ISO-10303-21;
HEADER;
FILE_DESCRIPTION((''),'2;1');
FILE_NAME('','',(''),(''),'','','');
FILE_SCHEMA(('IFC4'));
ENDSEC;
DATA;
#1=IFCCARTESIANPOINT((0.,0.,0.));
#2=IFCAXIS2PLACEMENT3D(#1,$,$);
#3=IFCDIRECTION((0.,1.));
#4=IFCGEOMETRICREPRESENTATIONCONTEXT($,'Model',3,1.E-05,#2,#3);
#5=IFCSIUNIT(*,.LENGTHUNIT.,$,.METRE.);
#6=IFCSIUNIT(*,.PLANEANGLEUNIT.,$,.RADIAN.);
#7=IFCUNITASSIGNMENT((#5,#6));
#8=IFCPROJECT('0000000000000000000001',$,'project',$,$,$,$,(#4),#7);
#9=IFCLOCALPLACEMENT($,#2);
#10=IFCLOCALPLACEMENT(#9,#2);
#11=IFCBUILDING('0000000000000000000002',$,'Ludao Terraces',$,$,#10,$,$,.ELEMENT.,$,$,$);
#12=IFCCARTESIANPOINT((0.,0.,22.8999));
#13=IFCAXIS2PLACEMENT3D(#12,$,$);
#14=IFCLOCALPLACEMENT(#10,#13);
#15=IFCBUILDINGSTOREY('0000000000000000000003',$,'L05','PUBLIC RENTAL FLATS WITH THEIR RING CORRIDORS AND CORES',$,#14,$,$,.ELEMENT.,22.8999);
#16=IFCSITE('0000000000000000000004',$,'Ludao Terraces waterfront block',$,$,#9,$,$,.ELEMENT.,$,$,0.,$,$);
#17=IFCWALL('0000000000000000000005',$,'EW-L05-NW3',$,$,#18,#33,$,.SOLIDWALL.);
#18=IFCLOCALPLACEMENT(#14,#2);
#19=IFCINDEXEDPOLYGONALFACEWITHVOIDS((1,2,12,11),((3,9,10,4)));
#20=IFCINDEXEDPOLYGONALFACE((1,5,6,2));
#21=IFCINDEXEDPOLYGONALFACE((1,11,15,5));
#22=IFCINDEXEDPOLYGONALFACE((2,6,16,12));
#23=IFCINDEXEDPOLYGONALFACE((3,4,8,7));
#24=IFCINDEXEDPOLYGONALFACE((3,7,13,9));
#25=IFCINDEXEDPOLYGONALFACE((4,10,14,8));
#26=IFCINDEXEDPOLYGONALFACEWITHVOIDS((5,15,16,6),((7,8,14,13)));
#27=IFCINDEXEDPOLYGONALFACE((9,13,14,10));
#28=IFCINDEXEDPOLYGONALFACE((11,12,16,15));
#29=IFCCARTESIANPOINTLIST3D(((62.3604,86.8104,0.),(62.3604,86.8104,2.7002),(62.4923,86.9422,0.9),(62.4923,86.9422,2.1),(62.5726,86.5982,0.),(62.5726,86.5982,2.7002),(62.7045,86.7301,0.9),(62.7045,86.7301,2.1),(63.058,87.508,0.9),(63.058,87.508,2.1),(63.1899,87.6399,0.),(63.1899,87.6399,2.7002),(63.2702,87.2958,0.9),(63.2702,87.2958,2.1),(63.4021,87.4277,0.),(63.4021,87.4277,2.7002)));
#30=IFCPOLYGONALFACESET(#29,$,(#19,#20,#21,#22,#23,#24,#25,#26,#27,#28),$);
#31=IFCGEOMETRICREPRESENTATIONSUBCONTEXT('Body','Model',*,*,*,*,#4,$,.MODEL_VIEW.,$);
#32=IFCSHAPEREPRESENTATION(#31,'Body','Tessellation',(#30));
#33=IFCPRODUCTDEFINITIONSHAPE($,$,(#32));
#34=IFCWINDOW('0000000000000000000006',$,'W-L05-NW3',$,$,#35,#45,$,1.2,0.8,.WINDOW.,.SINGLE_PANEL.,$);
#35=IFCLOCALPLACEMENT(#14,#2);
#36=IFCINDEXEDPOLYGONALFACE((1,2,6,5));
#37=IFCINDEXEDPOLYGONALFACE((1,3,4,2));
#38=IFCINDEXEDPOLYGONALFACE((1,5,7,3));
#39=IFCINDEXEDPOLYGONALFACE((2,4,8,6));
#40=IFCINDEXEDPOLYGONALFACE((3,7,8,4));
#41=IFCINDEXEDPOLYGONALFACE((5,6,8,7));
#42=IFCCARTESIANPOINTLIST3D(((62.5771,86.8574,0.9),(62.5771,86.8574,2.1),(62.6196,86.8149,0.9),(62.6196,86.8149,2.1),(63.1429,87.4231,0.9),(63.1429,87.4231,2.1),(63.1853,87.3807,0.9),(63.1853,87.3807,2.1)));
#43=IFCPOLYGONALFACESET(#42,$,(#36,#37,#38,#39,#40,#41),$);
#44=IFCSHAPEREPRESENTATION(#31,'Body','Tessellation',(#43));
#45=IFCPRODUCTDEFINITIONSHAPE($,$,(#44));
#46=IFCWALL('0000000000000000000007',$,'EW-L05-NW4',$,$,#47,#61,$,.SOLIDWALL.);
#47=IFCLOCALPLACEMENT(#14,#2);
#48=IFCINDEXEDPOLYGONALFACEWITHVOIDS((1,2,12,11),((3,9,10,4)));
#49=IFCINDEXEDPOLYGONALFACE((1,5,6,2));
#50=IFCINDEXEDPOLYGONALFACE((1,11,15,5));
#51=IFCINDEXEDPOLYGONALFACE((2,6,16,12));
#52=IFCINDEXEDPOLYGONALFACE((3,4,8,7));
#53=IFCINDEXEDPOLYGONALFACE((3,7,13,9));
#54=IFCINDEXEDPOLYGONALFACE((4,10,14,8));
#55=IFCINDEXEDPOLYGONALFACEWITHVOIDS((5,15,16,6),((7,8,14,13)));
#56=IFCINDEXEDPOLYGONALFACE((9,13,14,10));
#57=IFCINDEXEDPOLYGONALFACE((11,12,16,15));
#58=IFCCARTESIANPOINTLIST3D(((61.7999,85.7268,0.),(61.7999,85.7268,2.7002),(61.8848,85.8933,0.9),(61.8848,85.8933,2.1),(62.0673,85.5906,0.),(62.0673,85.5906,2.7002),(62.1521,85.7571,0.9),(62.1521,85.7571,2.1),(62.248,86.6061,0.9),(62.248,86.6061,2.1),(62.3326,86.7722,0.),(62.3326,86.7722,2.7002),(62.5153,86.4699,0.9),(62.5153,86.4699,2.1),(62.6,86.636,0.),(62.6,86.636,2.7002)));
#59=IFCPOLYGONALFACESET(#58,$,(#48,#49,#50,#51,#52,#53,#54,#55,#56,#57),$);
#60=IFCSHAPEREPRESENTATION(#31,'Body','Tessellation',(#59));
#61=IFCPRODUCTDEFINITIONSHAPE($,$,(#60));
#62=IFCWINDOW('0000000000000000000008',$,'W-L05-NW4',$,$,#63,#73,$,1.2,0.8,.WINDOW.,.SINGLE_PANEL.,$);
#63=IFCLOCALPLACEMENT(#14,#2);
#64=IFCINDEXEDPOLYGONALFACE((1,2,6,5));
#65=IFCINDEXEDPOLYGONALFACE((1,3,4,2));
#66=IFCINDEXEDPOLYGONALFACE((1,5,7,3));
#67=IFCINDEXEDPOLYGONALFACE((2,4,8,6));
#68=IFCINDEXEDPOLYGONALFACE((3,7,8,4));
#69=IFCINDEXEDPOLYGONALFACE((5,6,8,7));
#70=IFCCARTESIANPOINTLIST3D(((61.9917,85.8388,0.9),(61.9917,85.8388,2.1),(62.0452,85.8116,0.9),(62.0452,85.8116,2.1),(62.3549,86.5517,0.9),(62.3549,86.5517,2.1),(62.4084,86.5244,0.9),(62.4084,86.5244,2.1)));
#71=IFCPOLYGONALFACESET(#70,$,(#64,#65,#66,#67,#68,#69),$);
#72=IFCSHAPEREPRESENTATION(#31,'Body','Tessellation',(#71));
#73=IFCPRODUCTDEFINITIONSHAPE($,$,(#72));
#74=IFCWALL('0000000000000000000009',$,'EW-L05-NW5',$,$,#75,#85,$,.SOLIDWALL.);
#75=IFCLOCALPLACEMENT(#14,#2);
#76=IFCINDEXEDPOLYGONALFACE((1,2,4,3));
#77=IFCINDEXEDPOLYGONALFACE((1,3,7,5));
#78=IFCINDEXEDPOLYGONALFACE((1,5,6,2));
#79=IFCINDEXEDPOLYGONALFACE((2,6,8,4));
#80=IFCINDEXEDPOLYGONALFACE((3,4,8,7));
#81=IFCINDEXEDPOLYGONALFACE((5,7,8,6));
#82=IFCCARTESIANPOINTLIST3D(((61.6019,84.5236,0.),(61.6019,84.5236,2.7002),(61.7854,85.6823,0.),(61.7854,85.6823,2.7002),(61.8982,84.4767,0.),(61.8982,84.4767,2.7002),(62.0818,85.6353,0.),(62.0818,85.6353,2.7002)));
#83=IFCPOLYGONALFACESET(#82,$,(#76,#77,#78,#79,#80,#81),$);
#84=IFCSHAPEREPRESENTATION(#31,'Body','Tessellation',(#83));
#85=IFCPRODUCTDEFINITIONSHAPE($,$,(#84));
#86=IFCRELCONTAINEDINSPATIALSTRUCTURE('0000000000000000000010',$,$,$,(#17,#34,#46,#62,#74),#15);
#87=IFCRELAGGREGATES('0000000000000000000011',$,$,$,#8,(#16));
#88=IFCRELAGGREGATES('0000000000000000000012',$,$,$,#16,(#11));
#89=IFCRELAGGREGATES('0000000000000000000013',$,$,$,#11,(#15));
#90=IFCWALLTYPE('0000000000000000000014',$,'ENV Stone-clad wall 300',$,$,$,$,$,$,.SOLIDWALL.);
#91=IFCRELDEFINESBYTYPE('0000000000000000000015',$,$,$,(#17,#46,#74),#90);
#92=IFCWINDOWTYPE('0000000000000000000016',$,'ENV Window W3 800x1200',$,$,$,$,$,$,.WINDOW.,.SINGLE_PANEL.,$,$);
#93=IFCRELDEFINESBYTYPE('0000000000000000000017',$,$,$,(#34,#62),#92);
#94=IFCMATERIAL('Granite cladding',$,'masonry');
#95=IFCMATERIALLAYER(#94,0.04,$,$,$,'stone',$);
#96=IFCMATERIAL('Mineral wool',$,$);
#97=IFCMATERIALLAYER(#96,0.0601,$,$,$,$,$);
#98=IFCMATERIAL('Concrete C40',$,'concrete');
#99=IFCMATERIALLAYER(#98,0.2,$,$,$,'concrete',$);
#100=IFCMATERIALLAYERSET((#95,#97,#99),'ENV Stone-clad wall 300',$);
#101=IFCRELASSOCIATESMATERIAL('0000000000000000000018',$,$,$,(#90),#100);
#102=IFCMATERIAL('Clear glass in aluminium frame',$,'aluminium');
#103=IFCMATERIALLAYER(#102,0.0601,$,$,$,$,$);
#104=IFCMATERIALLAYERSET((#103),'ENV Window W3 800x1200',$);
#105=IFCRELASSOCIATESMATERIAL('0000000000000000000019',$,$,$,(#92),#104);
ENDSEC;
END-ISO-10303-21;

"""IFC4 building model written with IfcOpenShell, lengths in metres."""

from ifc_helpers import new_model, si_unit, direction, frame, frame_2d, origin, place, context, subcontext, project, spatial, rectangle, extrude, material, layer, layer_set, type_object, element, fill, save


model = new_model("IFC4")

# Units and contexts
model_context = context("Model", 3, precision=1e-05, world=origin(), true_north=direction((0.0, 1.0)))
body_context = subcontext(model_context, "Body", "Model", "MODEL_VIEW")
ifc_project = project(units=[si_unit("LENGTHUNIT", "METRE"), si_unit("PLANEANGLEUNIT", "RADIAN")], contexts=[model_context])

# Site, building, storey
site_placement = place(None, origin())
site = spatial("IfcSite", under=ifc_project, at=site_placement, Name="Ludao Terraces waterfront block", CompositionType="ELEMENT", RefElevation=0.0)
building_placement = place(site_placement, origin())
building = spatial("IfcBuilding", under=site, at=building_placement, Name="Ludao Terraces", CompositionType="ELEMENT")
storey_placement = place(building_placement, frame((0.0, 0.0, 22.8999)))
storey = spatial("IfcBuildingStorey", under=building, at=storey_placement, Name="L05", Description="PUBLIC RENTAL FLATS WITH THEIR RING CORRIDORS AND CORES", CompositionType="ELEMENT", Elevation=22.8999)

# Shared definitions
ifc_material_1 = material(Name="Concrete C40", Category="concrete")

# Shared definitions
ifc_material_2 = material(Name="Granite cladding", Category="masonry")
ifc_layer_1 = layer(ifc_material_2, 0.04, Category="stone")
ifc_material_3 = material(Name="Mineral wool")
ifc_layer_2 = layer(ifc_material_3, 0.0601)
ifc_layer_3 = layer(ifc_material_1, 0.2, Category="concrete")
ifc_layer_set_1 = layer_set([ifc_layer_1, ifc_layer_2, ifc_layer_3], Name="ENV Stone-clad wall 300")
wall_type_1 = type_object("IfcWallType", Name="ENV Stone-clad wall 300", PredefinedType="SOLIDWALL", material=ifc_layer_set_1)
ifc_material_4 = material(Name="Clear glass in aluminium frame", Category="aluminium")

# Walls, openings, windows
ifc_layer_4 = layer(ifc_material_4, 0.0601)
ifc_layer_set_2 = layer_set([ifc_layer_4], Name="ENV Window W3 800x1200")
window_type_1 = type_object("IfcWindowType", Name="ENV Window W3 800x1200", PartitioningType="SINGLE_PANEL", PredefinedType="WINDOW", material=ifc_layer_set_2)
wall_1_placement = place(storey_placement, frame((63.2959, 87.5337, 0.0), z_axis=(0.0, 0.0, 1.0), x_axis=(-0.707107, -0.707107, 0.0)))
wall_1 = element("IfcWall", 1, at=wall_1_placement, inside=storey, type_object=wall_type_1, Name="EW-L05-NW3", PredefinedType="SOLIDWALL", context=body_context, shape_type="SweptSolid", body=[
    extrude(rectangle(XDim=1.1731, YDim=0.3, at=frame_2d((0.5864, 0.0))), origin(), (0.0, 0.0, 1.0), 2.7002),
])
opening_1_placement = place(wall_1_placement, frame((0.1865, 0.0, 0.8999)))
opening_1 = element("IfcOpeningElement", 2, at=opening_1_placement, cuts=wall_1, PredefinedType="OPENING", context=body_context, shape_type="SweptSolid", body=[
    extrude(rectangle(XDim=0.8, YDim=1.2, at=frame_2d((0.3999, 0.6001))), frame((0.0, 0.1602, 0.0), z_axis=(0.0, -1.0, 0.0), x_axis=(1.0, 0.0, 0.0)), (0.0, 0.0, 1.0), 0.3201),
])
window_1_placement = place(opening_1_placement, origin())
window_1 = element("IfcWindow", 3, at=window_1_placement, inside=storey, type_object=window_type_1, Name="W-L05-NW3", OverallHeight=1.2, OverallWidth=0.8, PartitioningType="SINGLE_PANEL", PredefinedType="WINDOW", context=body_context, shape_type="SweptSolid", body=[
    extrude(rectangle(XDim=0.8, YDim=1.2, at=frame_2d((0.3999, 0.6001))), frame((0.0, 0.03, 0.0), z_axis=(0.0, -1.0, 0.0), x_axis=(1.0, 0.0, 0.0)), (0.0, 0.0, 1.0), 0.0601),
])
fill(opening_1, window_1)
wall_2_placement = place(storey_placement, frame((62.4663, 86.7041, 0.0), z_axis=(0.0, 0.0, 1.0), x_axis=(-0.454026, -0.890989, 0.0)))
wall_2 = element("IfcWall", 4, at=wall_2_placement, inside=storey, type_object=wall_type_1, Name="EW-L05-NW4", PredefinedType="SOLIDWALL", context=body_context, shape_type="SweptSolid", body=[
    extrude(rectangle(XDim=1.1733, YDim=0.3, at=frame_2d((0.5867, 0.0))), origin(), (0.0, 0.0, 1.0), 2.7002),
])
opening_2_placement = place(wall_2_placement, frame((0.1865, 0.0, 0.8999)))
opening_2 = element("IfcOpeningElement", 5, at=opening_2_placement, cuts=wall_2, PredefinedType="OPENING", context=body_context, shape_type="SweptSolid", body=[
    extrude(rectangle(XDim=0.8, YDim=1.2, at=frame_2d((0.3999, 0.6001))), frame((0.0, 0.1602, 0.0), z_axis=(0.0, -1.0, 0.0), x_axis=(1.0, 0.0, 0.0)), (0.0, 0.0, 1.0), 0.3201),
])
window_2_placement = place(opening_2_placement, origin())
window_2 = element("IfcWindow", 6, at=window_2_placement, inside=storey, type_object=window_type_1, Name="W-L05-NW4", OverallHeight=1.2, OverallWidth=0.8, PartitioningType="SINGLE_PANEL", PredefinedType="WINDOW", context=body_context, shape_type="SweptSolid", body=[
    extrude(rectangle(XDim=0.8, YDim=1.2, at=frame_2d((0.3999, 0.6001))), frame((0.0, 0.03, 0.0), z_axis=(0.0, -1.0, 0.0), x_axis=(1.0, 0.0, 0.0)), (0.0, 0.0, 1.0), 0.0601),
])
fill(opening_2, window_2)

# Wall
wall_3_placement = place(storey_placement, frame((61.9336, 85.6587, 0.0), z_axis=(0.0, 0.0, 1.0), x_axis=(-0.156497, -0.987678, 0.0)))
element("IfcWall", 7, at=wall_3_placement, inside=storey, type_object=wall_type_1, Name="EW-L05-NW5", PredefinedType="SOLIDWALL", context=body_context, shape_type="SweptSolid", body=[
    extrude(rectangle(XDim=1.1731, YDim=0.3, at=frame_2d((0.5864, 0.0))), origin(), (0.0, 0.0, 1.0), 2.7002),
])

save(model, "model.ifc")
